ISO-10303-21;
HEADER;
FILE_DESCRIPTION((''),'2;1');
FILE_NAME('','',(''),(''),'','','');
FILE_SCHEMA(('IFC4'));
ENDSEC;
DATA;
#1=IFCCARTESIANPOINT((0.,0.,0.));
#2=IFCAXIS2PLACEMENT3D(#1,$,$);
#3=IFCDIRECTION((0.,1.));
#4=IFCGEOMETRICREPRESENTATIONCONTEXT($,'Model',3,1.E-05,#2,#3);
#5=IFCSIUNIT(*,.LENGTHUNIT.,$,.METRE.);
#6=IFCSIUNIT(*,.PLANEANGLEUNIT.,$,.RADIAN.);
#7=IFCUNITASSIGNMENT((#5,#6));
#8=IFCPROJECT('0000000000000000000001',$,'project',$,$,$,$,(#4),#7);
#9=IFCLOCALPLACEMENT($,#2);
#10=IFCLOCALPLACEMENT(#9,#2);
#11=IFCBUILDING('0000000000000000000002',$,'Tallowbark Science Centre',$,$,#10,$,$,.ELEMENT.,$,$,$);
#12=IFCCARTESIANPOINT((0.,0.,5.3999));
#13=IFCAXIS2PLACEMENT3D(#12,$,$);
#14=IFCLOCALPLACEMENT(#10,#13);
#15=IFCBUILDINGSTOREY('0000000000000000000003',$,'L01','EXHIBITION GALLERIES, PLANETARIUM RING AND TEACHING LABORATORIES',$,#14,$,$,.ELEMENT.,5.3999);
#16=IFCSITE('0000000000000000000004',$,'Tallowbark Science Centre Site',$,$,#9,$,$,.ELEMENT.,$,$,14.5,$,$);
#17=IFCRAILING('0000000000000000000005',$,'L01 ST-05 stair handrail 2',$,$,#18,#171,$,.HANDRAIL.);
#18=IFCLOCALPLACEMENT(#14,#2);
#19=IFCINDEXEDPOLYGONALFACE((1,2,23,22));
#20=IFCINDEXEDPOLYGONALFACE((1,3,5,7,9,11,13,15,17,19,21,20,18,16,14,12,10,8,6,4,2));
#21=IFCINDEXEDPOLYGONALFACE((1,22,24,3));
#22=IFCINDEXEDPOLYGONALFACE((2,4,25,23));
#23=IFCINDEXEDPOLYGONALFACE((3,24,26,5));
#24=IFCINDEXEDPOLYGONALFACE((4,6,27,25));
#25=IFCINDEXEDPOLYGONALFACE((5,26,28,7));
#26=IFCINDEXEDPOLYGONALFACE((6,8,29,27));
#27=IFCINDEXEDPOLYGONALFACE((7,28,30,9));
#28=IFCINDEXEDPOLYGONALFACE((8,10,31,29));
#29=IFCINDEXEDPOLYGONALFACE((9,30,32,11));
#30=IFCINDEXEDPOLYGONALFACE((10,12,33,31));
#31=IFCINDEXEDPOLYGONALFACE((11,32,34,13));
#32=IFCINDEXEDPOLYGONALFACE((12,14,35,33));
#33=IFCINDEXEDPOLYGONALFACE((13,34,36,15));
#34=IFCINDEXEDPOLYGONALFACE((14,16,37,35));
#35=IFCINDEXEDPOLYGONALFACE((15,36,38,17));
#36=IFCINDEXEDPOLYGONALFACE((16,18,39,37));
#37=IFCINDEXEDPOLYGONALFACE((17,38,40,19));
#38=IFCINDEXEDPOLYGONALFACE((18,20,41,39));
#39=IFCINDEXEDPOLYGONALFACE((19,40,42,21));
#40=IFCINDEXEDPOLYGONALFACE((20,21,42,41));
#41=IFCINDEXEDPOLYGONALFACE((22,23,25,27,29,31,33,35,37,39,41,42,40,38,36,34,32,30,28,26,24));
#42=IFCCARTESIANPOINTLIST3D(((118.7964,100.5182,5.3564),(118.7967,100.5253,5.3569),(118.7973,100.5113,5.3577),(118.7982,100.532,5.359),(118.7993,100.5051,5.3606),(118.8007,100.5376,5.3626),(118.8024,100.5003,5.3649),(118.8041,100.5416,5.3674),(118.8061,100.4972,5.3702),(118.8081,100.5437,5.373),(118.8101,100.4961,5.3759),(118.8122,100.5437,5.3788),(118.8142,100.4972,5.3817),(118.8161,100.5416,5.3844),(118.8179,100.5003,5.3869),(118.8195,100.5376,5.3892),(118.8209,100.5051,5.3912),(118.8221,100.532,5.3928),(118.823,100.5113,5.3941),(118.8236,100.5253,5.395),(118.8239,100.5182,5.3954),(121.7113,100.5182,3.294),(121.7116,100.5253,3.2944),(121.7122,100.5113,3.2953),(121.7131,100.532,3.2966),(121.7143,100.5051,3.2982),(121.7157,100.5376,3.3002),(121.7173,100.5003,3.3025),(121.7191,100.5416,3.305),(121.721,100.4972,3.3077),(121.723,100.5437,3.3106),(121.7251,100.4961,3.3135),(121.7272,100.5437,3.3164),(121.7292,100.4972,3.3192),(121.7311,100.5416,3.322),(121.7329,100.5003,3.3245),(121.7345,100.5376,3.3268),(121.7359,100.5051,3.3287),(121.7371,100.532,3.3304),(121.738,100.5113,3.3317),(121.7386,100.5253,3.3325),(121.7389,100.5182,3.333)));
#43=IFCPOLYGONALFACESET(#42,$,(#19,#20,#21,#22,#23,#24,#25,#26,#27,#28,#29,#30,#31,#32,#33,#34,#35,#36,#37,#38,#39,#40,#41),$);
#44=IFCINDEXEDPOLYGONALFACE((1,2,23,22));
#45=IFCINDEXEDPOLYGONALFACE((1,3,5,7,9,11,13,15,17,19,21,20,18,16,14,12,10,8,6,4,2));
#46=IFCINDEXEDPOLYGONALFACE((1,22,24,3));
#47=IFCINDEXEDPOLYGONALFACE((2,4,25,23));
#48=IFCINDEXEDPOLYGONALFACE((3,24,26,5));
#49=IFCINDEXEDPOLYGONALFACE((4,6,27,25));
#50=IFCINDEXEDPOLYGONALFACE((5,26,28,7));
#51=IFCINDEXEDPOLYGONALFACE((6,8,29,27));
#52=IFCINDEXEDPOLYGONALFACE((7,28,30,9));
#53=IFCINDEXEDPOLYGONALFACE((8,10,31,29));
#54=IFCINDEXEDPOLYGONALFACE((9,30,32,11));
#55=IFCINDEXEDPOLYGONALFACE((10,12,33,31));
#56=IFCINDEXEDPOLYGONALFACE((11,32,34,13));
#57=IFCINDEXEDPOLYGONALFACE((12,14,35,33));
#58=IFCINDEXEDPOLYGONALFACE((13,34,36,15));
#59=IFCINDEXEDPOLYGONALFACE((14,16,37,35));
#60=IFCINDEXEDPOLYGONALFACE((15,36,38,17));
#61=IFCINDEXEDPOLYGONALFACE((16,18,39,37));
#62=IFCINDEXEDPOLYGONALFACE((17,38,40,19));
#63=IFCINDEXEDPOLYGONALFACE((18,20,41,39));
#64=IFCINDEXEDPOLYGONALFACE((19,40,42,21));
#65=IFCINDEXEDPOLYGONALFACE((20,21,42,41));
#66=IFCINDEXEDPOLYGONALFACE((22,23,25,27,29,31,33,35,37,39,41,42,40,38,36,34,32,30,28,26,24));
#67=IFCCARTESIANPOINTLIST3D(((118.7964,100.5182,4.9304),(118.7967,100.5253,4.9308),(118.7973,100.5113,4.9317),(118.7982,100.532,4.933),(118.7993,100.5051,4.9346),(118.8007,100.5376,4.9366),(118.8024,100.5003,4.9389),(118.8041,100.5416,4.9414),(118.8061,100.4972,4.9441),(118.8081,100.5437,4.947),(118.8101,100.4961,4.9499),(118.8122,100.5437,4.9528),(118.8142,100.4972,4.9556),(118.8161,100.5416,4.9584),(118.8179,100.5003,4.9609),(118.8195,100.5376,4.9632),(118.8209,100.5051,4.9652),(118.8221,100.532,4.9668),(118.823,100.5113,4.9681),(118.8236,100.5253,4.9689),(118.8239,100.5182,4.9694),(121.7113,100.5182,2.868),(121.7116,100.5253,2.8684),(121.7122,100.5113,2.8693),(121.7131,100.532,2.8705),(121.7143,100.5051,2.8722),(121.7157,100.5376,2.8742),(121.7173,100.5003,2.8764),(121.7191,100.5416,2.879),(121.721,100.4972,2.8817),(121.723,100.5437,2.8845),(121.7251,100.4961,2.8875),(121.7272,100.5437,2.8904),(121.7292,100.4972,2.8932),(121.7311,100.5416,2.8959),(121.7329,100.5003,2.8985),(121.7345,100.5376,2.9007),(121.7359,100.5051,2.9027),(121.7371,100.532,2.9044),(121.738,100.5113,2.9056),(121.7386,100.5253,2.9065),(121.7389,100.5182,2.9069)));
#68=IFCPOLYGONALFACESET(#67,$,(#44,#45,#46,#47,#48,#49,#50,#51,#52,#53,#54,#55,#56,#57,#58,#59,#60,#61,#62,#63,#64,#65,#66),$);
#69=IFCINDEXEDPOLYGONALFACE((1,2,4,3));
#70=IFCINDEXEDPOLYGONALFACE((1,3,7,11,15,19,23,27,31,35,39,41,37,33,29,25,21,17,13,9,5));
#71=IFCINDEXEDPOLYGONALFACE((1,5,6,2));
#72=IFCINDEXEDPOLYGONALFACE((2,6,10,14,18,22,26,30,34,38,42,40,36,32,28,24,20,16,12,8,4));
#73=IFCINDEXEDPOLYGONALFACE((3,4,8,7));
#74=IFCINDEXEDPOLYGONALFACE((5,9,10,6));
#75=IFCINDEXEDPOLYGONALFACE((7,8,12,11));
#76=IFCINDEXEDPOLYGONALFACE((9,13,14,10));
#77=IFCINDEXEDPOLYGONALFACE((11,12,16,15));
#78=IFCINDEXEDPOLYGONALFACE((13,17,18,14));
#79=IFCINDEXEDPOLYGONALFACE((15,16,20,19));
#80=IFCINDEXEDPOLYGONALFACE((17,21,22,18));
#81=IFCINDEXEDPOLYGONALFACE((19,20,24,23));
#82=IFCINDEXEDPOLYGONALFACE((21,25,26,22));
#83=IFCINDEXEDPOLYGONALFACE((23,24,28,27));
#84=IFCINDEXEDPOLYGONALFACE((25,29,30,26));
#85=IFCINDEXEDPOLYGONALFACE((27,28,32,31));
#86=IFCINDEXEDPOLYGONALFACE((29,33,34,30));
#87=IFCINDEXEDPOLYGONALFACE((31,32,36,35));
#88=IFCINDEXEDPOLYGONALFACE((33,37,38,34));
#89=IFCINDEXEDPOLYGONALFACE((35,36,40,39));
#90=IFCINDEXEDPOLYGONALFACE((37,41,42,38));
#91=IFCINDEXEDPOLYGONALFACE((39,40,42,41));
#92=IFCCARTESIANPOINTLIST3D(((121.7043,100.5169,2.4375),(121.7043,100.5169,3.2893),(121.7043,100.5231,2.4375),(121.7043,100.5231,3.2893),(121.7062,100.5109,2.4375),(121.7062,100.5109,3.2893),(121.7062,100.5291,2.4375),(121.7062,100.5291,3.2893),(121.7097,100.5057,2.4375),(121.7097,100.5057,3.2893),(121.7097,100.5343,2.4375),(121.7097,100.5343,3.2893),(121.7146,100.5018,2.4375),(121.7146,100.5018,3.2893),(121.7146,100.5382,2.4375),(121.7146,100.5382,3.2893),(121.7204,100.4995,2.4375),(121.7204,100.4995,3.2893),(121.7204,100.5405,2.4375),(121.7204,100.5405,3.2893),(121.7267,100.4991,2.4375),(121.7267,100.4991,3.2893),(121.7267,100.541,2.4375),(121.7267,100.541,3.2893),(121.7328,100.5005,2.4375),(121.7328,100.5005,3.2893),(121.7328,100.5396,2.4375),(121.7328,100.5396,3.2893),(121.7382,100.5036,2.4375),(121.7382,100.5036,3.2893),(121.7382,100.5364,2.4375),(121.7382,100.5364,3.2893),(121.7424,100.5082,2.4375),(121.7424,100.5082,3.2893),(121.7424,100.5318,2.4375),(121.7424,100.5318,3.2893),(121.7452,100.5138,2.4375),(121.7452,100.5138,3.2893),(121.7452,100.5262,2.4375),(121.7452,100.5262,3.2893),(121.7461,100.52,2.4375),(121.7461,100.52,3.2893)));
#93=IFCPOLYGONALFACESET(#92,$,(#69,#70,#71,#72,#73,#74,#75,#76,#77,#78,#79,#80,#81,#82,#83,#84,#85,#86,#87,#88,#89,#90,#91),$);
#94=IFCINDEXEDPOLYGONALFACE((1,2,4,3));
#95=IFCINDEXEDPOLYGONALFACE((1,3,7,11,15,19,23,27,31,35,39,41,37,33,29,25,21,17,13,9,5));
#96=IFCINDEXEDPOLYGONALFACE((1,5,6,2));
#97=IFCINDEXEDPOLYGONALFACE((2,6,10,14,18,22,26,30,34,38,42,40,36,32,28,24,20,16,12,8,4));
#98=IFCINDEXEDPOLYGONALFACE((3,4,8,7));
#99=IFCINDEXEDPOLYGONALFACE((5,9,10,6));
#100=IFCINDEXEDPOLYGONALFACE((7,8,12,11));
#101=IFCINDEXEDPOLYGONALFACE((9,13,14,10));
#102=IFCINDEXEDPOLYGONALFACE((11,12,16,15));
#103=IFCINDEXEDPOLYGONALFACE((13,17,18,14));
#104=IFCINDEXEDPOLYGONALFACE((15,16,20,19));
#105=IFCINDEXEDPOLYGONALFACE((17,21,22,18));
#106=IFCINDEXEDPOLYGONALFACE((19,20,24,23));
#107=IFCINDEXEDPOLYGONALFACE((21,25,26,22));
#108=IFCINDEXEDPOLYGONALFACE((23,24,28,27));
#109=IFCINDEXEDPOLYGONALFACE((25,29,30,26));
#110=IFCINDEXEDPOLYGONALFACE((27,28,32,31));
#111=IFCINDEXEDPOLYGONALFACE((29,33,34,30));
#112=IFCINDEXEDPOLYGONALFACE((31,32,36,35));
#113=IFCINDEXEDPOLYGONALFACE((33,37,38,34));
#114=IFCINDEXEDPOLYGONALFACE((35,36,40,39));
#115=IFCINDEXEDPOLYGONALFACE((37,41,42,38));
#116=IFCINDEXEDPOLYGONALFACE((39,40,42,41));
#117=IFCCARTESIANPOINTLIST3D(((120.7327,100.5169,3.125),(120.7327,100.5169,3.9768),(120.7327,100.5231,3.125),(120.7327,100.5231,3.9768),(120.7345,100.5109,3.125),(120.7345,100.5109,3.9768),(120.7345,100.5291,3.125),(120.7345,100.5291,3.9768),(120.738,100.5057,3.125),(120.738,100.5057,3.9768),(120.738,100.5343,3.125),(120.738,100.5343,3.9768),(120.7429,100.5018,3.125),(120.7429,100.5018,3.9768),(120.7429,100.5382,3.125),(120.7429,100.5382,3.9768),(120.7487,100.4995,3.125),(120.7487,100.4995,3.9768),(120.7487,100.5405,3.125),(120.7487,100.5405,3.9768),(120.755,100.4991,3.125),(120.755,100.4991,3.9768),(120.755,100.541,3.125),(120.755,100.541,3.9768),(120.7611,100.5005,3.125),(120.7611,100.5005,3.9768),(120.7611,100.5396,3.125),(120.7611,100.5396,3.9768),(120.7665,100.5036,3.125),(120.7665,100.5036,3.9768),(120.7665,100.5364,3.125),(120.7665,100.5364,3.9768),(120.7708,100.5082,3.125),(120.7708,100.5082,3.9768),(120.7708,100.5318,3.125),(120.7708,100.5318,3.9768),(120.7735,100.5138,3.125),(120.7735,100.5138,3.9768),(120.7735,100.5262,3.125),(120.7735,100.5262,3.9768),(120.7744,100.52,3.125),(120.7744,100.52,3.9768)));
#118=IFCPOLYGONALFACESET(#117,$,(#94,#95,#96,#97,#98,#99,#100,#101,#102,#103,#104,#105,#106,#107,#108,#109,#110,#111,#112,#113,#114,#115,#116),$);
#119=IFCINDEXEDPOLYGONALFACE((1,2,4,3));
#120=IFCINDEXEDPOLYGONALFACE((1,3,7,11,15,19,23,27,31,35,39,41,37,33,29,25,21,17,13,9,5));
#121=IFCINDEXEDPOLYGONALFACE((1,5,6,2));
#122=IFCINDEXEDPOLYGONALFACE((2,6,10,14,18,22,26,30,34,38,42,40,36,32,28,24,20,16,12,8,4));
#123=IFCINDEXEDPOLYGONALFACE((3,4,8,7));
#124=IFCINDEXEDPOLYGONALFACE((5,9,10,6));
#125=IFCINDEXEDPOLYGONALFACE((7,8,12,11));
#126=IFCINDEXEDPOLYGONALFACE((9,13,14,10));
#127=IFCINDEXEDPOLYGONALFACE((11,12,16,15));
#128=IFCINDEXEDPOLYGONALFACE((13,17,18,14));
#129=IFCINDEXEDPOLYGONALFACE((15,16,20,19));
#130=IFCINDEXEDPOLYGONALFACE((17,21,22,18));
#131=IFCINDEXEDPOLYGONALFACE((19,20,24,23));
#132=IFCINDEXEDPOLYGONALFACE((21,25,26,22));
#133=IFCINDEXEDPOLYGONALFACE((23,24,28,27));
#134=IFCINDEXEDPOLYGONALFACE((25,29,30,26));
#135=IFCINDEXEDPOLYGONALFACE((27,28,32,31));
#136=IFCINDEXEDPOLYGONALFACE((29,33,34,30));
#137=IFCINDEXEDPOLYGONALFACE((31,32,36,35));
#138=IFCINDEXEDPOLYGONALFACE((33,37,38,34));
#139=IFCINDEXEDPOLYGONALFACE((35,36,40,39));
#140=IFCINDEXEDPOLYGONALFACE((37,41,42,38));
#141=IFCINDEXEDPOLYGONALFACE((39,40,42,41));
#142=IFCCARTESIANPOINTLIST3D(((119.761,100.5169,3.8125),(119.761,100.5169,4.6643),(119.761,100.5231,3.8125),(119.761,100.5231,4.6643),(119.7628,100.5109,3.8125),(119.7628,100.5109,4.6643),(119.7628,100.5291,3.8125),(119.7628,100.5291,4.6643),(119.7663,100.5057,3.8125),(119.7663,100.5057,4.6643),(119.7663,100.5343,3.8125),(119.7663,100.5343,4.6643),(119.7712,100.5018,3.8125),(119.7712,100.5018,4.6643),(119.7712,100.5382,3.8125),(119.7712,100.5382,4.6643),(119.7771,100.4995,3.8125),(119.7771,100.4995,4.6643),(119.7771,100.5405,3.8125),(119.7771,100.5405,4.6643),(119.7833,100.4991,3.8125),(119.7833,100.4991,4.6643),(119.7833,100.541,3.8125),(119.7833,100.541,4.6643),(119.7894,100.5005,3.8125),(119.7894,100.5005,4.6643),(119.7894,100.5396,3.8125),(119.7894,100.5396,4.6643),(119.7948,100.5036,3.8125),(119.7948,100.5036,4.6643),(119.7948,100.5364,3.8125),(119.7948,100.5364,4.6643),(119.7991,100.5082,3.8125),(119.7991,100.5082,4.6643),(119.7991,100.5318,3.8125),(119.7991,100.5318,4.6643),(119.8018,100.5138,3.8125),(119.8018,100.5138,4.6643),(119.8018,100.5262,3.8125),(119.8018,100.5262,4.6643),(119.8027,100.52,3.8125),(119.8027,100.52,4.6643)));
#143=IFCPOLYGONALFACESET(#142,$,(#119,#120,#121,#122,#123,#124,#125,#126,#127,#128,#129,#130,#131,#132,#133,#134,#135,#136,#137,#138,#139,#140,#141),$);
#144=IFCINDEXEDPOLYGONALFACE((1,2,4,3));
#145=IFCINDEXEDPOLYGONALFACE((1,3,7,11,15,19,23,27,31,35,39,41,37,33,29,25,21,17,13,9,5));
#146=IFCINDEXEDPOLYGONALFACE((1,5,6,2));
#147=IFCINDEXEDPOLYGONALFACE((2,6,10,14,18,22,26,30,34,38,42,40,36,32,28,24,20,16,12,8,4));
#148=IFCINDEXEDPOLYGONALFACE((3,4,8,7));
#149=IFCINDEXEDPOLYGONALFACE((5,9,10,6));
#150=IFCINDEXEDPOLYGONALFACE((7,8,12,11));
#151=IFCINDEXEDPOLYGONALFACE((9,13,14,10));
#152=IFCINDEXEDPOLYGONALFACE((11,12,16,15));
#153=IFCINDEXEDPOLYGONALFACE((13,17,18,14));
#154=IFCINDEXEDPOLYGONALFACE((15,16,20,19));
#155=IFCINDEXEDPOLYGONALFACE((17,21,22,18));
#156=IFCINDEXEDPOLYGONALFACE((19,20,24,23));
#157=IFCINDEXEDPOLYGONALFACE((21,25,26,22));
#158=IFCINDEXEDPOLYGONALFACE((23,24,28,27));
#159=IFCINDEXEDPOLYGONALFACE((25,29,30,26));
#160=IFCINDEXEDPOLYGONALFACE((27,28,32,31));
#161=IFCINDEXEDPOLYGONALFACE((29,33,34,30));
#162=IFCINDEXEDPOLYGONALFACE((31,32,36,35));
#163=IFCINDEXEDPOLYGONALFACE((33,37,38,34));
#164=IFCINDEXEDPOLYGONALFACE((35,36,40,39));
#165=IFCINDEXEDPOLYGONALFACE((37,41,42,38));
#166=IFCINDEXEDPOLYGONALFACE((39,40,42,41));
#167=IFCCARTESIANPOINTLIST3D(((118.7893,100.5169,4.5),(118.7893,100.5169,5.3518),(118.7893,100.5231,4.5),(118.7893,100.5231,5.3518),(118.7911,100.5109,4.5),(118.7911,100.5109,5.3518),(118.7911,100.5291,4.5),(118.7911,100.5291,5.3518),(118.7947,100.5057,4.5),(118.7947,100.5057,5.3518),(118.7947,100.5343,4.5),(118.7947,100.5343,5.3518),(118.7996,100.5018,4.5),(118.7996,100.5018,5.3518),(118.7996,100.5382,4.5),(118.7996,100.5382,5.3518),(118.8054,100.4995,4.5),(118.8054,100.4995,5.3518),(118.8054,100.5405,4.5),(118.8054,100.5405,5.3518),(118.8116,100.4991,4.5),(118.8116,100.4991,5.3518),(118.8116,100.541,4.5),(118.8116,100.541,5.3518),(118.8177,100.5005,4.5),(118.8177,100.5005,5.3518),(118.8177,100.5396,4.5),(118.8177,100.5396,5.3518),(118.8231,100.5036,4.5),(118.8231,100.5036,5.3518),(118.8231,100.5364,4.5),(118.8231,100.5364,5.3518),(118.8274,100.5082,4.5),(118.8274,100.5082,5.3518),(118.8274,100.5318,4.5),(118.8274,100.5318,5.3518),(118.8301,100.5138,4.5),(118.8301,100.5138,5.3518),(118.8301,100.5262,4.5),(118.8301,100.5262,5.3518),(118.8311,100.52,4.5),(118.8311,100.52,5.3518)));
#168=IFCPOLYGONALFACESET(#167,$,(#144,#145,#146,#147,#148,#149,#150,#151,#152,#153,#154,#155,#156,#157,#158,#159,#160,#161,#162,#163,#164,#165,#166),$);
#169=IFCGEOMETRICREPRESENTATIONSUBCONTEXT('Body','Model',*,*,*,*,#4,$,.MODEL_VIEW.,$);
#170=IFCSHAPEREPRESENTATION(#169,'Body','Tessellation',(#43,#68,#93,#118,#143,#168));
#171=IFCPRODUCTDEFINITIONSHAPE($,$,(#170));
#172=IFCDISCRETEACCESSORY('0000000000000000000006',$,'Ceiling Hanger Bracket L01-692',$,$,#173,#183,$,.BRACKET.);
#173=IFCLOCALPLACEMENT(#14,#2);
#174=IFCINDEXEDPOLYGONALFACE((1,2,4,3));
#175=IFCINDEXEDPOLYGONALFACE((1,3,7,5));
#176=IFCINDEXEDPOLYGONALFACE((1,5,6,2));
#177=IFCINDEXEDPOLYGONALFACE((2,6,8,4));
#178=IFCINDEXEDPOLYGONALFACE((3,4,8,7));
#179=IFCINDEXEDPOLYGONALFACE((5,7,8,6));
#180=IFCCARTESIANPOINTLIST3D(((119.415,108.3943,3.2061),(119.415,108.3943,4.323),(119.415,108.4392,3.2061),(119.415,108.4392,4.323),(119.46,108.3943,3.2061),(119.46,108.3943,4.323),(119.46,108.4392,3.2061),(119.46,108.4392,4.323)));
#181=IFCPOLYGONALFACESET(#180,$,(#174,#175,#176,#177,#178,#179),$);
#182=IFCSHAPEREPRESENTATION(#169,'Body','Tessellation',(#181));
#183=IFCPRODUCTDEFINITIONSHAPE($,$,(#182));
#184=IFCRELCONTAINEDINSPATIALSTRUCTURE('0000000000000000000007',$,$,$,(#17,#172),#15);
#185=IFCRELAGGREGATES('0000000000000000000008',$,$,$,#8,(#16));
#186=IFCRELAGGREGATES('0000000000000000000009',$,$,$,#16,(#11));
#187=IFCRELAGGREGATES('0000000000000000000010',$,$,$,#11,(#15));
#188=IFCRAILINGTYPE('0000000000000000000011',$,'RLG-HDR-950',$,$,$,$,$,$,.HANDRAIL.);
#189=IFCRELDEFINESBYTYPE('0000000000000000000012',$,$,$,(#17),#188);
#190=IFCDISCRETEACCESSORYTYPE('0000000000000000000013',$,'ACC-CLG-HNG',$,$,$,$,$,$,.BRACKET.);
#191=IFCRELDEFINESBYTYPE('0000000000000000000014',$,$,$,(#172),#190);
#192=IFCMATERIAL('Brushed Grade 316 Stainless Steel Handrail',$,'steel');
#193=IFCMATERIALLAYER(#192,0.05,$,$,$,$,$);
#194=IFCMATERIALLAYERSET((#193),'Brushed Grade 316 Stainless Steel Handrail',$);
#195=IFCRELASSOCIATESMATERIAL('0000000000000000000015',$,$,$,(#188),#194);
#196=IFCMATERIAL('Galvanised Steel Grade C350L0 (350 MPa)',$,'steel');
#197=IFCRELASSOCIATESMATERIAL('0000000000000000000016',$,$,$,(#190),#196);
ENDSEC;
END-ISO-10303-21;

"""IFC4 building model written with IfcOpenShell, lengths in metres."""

from ifc_helpers import new_model, si_unit, direction, frame, origin, origin_2d, place, context, subcontext, project, spatial, rectangle, circle, extrude, material, layer, layer_set, type_object, element, save


model = new_model("IFC4")

# Units and contexts
model_context = context("Model", 3, precision=1e-05, world=origin(), true_north=direction((0.0, 1.0)))
body_context = subcontext(model_context, "Body", "Model", "MODEL_VIEW")
ifc_project = project(units=[si_unit("LENGTHUNIT", "METRE"), si_unit("PLANEANGLEUNIT", "RADIAN")], contexts=[model_context])

# Site, building, storey
site_placement = place(None, origin())
site = spatial("IfcSite", under=ifc_project, at=site_placement, Name="Tallowbark Science Centre Site", CompositionType="ELEMENT", RefElevation=14.5)
building_placement = place(site_placement, origin())
building = spatial("IfcBuilding", under=site, at=building_placement, Name="Tallowbark Science Centre", CompositionType="ELEMENT")
storey_placement = place(building_placement, frame((0.0, 0.0, 5.3999)))
storey = spatial("IfcBuildingStorey", under=building, at=storey_placement, Name="L01", Description="EXHIBITION GALLERIES, PLANETARIUM RING AND TEACHING LABORATORIES", CompositionType="ELEMENT", Elevation=5.3999)

# Railing
ifc_material_1 = material(Name="Brushed Grade 316 Stainless Steel Handrail", Category="steel")
ifc_layer_1 = layer(ifc_material_1, 0.05)
ifc_layer_set_1 = layer_set([ifc_layer_1], Name="Brushed Grade 316 Stainless Steel Handrail")
railing_type_1 = type_object("IfcRailingType", Name="RLG-HDR-950", PredefinedType="HANDRAIL", material=ifc_layer_set_1)
railing_1_placement = place(storey_placement, frame((121.7251, 100.52, 2.4375)))
element("IfcRailing", 1, at=railing_1_placement, inside=storey, type_object=railing_type_1, Name="L01 ST-05 stair handrail 2", PredefinedType="HANDRAIL", context=body_context, shape_type="SweptSolid", body=[
    extrude(circle(Radius=0.0239, at=origin_2d()), frame((0.0, 0.0, 0.876), z_axis=(-0.816331, 0.0, 0.577585), x_axis=(0.0, -1.0, 0.0)), (0.0, 0.0, 1.0), 3.5708),
    extrude(circle(Radius=0.0239, at=origin_2d()), frame((0.0, 0.0, 0.45), z_axis=(-0.816331, 0.0, 0.577585), x_axis=(0.0, -1.0, 0.0)), (0.0, 0.0, 1.0), 3.5708),
    extrude(circle(Radius=0.021, at=origin_2d()), origin(), (0.0, 0.0, 1.0), 0.8518),
    extrude(circle(Radius=0.021, at=origin_2d()), frame((-0.9717, 0.0, 0.6875)), (0.0, 0.0, 1.0), 0.8518),
    extrude(circle(Radius=0.021, at=origin_2d()), frame((-1.9434, 0.0, 1.375)), (0.0, 0.0, 1.0), 0.8518),
    extrude(circle(Radius=0.021, at=origin_2d()), frame((-2.915, 0.0, 2.0625)), (0.0, 0.0, 1.0), 0.8518),
])

# Discrete accessory
ifc_material_2 = material(Name="Galvanised Steel Grade C350L0 (350 MPa)", Category="steel")
discrete_accessory_type = type_object("IfcDiscreteAccessoryType", Name="ACC-CLG-HNG", PredefinedType="BRACKET", material=ifc_material_2)
discrete_accessory_placement = place(storey_placement, frame((119.4375, 108.4167, 3.2061), z_axis=(0.0, 0.0, 1.0), x_axis=(1.0, 0.0, 0.0)))
element("IfcDiscreteAccessory", 2, at=discrete_accessory_placement, inside=storey, type_object=discrete_accessory_type, Name="Ceiling Hanger Bracket L01-692", PredefinedType="BRACKET", context=body_context, shape_type="SweptSolid", body=[
    extrude(rectangle(XDim=0.0449, YDim=0.0449, at=origin_2d()), origin(), (0.0, 0.0, 1.0), 1.1169),
])

save(model, "model.ifc")
